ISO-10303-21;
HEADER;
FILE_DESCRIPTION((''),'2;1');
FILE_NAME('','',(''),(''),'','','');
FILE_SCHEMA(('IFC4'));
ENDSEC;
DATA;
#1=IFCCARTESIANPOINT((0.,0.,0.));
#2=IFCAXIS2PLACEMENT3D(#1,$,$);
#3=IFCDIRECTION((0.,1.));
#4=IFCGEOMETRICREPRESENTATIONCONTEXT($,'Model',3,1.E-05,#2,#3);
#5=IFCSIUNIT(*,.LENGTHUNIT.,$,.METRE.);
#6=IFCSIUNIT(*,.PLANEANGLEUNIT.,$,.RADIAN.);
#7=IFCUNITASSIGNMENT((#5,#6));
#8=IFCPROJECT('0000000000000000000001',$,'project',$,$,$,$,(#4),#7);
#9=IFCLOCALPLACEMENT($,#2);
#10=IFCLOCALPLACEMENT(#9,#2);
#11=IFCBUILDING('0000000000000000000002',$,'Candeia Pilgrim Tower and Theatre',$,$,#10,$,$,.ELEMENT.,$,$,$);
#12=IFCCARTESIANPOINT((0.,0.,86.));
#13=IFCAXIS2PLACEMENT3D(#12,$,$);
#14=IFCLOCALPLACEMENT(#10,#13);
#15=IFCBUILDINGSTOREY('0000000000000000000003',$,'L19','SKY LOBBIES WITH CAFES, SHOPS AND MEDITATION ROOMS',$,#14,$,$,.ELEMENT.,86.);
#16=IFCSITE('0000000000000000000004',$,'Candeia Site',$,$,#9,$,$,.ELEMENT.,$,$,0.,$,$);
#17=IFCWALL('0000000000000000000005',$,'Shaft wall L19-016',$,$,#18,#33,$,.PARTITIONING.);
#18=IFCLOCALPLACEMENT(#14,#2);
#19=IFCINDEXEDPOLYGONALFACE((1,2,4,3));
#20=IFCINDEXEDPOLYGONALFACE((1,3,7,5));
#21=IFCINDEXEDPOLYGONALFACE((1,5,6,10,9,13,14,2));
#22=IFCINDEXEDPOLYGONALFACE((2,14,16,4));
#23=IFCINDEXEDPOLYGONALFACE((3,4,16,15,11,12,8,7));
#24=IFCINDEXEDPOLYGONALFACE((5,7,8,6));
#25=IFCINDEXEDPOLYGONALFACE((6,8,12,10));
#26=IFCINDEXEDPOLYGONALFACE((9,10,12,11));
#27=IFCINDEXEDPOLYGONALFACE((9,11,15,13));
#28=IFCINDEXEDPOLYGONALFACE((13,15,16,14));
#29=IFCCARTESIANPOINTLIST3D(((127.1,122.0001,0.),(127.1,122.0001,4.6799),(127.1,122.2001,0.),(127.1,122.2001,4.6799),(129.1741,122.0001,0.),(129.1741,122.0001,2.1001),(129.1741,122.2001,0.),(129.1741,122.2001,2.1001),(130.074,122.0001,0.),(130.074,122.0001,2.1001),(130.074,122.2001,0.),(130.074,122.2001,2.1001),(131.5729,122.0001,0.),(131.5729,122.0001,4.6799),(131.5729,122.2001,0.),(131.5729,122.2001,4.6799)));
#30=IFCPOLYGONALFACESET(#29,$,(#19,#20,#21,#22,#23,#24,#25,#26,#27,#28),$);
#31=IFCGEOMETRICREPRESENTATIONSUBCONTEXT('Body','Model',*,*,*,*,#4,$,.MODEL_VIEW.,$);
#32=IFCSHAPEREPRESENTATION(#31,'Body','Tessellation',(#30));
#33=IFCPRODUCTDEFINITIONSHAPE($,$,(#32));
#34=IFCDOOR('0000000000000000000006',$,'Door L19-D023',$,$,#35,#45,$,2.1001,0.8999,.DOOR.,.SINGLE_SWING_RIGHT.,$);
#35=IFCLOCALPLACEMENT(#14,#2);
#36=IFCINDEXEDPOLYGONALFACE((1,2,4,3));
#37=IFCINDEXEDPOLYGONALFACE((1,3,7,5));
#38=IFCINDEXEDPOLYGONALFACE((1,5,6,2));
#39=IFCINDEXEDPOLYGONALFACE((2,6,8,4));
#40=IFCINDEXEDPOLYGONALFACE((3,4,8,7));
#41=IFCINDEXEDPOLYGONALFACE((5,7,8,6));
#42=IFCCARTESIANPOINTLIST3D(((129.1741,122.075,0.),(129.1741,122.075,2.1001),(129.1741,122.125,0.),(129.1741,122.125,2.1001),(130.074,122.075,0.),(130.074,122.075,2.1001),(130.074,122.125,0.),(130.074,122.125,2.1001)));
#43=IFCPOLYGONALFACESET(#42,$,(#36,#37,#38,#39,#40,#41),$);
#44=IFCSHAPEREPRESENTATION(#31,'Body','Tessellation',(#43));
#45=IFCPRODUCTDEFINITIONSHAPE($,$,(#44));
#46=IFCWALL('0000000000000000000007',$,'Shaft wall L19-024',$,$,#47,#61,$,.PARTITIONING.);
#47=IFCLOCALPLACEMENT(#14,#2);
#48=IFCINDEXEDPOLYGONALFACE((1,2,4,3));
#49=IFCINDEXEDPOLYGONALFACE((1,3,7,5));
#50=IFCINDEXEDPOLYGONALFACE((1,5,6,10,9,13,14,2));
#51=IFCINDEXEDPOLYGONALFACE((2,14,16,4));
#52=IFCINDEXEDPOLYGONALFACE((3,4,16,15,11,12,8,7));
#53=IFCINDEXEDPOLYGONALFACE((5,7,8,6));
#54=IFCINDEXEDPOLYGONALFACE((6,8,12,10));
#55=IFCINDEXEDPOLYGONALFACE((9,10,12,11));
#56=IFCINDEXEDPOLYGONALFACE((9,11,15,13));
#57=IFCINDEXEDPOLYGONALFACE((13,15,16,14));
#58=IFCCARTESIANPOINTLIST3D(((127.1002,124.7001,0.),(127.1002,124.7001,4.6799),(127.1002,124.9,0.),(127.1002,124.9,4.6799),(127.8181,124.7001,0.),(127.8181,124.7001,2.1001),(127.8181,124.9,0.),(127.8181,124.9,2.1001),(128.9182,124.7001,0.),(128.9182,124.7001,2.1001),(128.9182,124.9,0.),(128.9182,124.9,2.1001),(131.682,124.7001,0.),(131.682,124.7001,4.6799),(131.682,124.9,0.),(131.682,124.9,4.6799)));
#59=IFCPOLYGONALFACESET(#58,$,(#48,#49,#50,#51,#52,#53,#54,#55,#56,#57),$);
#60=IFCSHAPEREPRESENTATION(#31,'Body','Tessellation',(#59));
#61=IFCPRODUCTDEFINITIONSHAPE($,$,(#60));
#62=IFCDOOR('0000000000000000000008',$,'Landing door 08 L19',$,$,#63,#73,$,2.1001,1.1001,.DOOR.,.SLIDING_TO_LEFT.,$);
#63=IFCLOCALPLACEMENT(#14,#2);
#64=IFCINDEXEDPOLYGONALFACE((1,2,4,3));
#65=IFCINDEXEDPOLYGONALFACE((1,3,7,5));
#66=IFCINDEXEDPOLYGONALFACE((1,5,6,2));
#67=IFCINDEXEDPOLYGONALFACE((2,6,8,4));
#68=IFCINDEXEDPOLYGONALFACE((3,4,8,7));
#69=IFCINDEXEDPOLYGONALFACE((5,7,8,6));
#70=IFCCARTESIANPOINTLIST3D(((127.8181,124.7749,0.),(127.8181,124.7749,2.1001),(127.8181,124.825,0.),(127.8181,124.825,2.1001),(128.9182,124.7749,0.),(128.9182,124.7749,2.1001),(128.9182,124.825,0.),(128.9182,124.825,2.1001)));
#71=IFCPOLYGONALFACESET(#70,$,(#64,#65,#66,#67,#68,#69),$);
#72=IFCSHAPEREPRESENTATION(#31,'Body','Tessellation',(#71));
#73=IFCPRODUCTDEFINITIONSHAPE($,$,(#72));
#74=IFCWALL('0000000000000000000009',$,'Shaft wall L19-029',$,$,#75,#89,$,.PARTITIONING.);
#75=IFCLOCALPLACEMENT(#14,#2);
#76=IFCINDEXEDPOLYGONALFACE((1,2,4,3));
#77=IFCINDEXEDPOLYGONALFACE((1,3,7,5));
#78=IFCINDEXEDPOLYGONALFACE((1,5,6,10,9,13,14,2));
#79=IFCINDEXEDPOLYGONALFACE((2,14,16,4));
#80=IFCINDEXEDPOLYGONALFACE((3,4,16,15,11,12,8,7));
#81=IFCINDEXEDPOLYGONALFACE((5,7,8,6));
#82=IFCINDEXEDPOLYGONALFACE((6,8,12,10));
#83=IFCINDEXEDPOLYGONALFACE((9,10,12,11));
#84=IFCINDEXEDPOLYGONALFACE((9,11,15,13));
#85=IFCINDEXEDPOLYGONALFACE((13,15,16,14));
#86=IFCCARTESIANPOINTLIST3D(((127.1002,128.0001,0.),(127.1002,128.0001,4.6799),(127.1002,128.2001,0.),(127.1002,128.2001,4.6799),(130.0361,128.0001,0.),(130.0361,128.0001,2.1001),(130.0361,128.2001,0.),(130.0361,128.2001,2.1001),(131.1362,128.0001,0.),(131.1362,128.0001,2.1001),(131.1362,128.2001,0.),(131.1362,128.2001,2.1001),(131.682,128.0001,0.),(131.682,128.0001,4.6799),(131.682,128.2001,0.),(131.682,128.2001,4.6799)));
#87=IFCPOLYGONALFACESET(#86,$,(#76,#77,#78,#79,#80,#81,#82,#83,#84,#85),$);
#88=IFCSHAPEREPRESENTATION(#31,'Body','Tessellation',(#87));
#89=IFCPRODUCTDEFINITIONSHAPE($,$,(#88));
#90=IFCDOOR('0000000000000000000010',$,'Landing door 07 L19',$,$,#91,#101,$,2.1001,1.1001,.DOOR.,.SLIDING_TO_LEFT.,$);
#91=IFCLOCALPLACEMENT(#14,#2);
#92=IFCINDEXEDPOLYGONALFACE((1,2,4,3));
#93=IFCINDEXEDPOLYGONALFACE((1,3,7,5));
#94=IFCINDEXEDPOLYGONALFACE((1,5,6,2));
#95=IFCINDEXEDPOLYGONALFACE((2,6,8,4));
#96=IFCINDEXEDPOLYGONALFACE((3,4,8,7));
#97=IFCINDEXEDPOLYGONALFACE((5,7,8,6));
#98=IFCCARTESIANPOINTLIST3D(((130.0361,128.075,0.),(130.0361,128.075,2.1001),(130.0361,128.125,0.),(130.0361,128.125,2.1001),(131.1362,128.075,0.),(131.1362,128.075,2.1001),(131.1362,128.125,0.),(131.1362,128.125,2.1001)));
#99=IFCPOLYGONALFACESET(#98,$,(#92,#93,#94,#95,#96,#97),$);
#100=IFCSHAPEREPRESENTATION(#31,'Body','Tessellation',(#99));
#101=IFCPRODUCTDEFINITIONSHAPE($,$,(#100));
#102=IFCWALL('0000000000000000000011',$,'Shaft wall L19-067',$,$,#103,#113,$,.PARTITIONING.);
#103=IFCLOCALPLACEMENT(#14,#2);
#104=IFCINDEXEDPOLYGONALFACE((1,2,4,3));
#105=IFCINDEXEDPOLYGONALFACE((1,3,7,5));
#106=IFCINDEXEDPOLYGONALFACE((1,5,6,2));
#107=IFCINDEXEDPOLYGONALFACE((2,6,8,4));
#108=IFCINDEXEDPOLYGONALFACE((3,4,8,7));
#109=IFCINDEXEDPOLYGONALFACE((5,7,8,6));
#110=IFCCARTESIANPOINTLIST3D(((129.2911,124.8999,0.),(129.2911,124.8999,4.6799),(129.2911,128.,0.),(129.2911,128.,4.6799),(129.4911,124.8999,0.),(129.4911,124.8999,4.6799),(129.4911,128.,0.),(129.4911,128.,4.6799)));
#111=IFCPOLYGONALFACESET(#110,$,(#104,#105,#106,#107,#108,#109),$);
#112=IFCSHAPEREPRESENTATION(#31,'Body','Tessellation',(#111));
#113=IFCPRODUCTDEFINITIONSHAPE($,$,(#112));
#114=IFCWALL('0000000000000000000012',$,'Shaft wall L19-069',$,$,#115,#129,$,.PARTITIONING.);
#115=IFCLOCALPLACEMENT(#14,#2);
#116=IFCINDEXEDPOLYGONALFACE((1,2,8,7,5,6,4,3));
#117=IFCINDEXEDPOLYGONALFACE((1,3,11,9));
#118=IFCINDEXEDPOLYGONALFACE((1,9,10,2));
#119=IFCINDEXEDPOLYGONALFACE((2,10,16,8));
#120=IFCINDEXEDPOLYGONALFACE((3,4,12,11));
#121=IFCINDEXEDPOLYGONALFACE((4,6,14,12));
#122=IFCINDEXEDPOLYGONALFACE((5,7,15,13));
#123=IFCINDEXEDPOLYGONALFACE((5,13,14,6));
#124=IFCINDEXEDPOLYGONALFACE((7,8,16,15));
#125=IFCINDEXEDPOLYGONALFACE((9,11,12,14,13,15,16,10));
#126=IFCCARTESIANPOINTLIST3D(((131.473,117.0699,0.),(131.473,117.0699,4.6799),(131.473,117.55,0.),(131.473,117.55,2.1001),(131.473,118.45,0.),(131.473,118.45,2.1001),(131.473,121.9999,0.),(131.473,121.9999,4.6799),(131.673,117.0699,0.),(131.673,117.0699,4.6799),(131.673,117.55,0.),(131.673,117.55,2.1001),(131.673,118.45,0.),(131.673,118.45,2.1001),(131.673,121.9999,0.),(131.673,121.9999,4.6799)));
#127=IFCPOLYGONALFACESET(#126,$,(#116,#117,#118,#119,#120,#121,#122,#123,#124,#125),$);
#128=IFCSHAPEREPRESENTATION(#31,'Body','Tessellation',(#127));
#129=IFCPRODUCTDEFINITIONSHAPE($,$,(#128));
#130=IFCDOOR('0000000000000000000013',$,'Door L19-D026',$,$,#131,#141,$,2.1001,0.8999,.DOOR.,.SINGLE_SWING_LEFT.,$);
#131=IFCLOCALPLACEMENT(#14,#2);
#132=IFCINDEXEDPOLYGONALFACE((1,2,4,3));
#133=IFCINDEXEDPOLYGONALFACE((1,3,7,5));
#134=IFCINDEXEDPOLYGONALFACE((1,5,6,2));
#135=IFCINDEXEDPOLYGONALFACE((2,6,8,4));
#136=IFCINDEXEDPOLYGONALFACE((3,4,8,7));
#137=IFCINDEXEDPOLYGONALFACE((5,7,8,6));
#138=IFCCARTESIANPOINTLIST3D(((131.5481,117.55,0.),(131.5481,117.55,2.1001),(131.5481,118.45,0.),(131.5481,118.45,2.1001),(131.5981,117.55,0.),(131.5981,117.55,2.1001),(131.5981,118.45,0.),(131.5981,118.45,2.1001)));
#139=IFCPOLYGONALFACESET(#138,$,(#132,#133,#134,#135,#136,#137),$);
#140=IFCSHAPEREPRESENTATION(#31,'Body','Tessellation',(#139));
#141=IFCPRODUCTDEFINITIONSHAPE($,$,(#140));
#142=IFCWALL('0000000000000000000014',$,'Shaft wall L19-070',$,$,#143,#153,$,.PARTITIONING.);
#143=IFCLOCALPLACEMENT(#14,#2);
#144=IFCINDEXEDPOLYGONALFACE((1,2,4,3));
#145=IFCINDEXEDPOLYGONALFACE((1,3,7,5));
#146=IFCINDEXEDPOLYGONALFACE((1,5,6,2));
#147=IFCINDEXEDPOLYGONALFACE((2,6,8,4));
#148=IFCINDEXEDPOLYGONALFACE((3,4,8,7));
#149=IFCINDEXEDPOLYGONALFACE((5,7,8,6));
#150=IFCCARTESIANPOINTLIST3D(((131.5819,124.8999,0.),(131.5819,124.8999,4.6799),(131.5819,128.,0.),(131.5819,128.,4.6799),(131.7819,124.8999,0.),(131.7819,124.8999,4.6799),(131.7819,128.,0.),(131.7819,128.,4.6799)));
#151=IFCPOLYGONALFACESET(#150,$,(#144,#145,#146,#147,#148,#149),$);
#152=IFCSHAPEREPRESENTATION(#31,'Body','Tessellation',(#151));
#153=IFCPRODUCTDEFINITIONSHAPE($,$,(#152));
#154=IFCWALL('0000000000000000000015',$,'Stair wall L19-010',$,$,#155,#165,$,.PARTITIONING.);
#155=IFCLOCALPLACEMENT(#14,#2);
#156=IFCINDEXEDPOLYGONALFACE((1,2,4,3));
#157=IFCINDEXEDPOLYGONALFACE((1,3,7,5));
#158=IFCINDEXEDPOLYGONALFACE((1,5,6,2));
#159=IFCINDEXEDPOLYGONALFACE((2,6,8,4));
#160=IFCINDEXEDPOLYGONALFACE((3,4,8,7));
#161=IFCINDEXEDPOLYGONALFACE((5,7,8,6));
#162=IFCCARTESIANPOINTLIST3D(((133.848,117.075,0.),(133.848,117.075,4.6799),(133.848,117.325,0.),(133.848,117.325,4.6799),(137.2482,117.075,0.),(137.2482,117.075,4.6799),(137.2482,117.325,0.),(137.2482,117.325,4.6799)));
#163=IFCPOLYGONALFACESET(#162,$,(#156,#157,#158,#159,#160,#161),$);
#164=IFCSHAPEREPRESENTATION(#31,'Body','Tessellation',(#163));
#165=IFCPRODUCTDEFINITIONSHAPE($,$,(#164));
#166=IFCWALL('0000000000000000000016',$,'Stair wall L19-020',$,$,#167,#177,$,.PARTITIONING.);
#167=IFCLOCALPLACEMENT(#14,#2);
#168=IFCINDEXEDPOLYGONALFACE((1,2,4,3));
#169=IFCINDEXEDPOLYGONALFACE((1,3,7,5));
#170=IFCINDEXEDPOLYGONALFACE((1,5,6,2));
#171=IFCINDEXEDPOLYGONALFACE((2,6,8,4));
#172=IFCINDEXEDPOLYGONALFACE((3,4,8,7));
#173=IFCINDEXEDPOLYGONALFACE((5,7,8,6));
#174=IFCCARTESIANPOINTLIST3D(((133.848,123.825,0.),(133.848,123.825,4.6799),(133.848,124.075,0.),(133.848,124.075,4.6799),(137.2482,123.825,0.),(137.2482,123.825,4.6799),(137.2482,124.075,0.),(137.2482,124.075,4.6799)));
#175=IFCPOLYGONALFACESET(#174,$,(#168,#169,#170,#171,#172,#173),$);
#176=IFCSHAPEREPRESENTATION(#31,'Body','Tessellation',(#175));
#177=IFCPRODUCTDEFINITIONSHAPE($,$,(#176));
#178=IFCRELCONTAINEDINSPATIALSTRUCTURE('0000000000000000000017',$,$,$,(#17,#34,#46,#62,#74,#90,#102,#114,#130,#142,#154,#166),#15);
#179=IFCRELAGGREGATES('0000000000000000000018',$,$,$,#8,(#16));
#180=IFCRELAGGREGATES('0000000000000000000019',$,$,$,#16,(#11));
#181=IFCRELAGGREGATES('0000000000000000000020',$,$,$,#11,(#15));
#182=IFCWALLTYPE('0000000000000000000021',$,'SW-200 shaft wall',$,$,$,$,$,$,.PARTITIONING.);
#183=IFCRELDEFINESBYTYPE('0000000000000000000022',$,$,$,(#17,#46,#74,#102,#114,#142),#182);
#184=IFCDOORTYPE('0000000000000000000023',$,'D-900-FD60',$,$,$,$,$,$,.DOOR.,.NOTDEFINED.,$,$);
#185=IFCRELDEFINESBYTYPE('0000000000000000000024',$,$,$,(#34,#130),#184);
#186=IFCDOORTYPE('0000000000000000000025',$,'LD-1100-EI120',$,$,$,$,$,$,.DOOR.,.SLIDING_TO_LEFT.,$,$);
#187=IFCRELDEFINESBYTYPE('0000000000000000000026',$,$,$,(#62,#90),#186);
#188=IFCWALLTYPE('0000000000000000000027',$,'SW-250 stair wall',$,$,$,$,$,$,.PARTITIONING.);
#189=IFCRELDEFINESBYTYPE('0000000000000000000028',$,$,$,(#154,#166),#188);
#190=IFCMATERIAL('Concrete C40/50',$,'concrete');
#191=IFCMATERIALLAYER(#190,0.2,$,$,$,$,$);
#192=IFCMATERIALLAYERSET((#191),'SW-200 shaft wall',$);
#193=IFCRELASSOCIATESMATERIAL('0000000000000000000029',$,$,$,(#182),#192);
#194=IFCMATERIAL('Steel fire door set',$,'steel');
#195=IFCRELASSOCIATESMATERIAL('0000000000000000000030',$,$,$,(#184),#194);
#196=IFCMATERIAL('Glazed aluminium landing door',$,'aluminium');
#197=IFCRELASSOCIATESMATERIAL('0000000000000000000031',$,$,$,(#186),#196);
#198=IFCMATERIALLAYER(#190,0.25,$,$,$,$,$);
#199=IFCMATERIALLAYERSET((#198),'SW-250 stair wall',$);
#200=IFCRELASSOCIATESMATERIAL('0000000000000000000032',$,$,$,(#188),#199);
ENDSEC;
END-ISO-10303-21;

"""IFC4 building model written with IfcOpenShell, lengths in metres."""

from ifc_helpers import new_model, si_unit, direction, frame, frame_2d, origin, place, context, subcontext, project, spatial, rectangle, extrude, material, layer, layer_set, type_object, element, fill, save


model = new_model("IFC4")

# Units and contexts
model_context = context("Model", 3, precision=1e-05, world=origin(), true_north=direction((0.0, 1.0)))
body_context = subcontext(model_context, "Body", "Model", "MODEL_VIEW")
ifc_project = project(units=[si_unit("LENGTHUNIT", "METRE"), si_unit("PLANEANGLEUNIT", "RADIAN")], contexts=[model_context])

# Site, building, storey
site_placement = place(None, origin())
site = spatial("IfcSite", under=ifc_project, at=site_placement, Name="Candeia Site", CompositionType="ELEMENT", RefElevation=0.0)
building_placement = place(site_placement, origin())
building = spatial("IfcBuilding", under=site, at=building_placement, Name="Candeia Pilgrim Tower and Theatre", CompositionType="ELEMENT")
storey_placement = place(building_placement, frame((0.0, 0.0, 86.0)))
storey = spatial("IfcBuildingStorey", under=building, at=storey_placement, Name="L19", Description="SKY LOBBIES WITH CAFES, SHOPS AND MEDITATION ROOMS", CompositionType="ELEMENT", Elevation=86.0)

# Shared definitions
ifc_material_1 = material(Name="Steel fire door set", Category="steel")

# Shared definitions
ifc_material_2 = material(Name="Concrete C40/50", Category="concrete")
ifc_layer_1 = layer(ifc_material_2, 0.2)
ifc_layer_set_1 = layer_set([ifc_layer_1], Name="SW-200 shaft wall")
wall_type_1 = type_object("IfcWallType", Name="SW-200 shaft wall", PredefinedType="PARTITIONING", material=ifc_layer_set_1)

# Walls, openings, doors
wall_1_placement = place(storey_placement, frame((127.1001, 122.1001, 0.0), z_axis=(0.0, 0.0, 1.0), x_axis=(1.0, 0.0, 0.0)))
wall_1 = element("IfcWall", 1, at=wall_1_placement, inside=storey, type_object=wall_type_1, Name="Shaft wall L19-016", PredefinedType="PARTITIONING", context=body_context, shape_type="SweptSolid", body=[
    extrude(rectangle(XDim=4.4729, YDim=0.2, at=frame_2d((2.2363, 0.0))), origin(), (0.0, 0.0, 1.0), 4.6799),
])
opening_1_placement = place(wall_1_placement, frame((2.074, 0.0, 0.0)))
opening_1 = element("IfcOpeningElement", 2, at=opening_1_placement, cuts=wall_1, PredefinedType="OPENING", context=body_context, shape_type="SweptSolid", body=[
    extrude(rectangle(XDim=0.8999, YDim=2.1001, at=frame_2d((0.45, 1.05))), frame((0.0, 0.1099, 0.0), z_axis=(0.0, -1.0, 0.0), x_axis=(1.0, 0.0, 0.0)), (0.0, 0.0, 1.0), 0.22),
])
door_type_1 = type_object("IfcDoorType", Name="D-900-FD60", OperationType="NOTDEFINED", PredefinedType="DOOR", material=ifc_material_1)
door_1_placement = place(opening_1_placement, origin())
door_1 = element("IfcDoor", 3, at=door_1_placement, inside=storey, type_object=door_type_1, Name="Door L19-D023", OperationType="SINGLE_SWING_RIGHT", OverallHeight=2.1001, OverallWidth=0.8999, PredefinedType="DOOR", context=body_context, shape_type="SweptSolid", body=[
    extrude(rectangle(XDim=0.8999, YDim=2.1001, at=frame_2d((0.45, 1.05))), frame((0.0, 0.0249, 0.0), z_axis=(0.0, -1.0, 0.0), x_axis=(1.0, 0.0, 0.0)), (0.0, 0.0, 1.0), 0.05),
])
fill(opening_1, door_1)
wall_2_placement = place(storey_placement, frame((127.1001, 124.8, 0.0), z_axis=(0.0, 0.0, 1.0), x_axis=(1.0, 0.0, 0.0)))
wall_2 = element("IfcWall", 4, at=wall_2_placement, inside=storey, type_object=wall_type_1, Name="Shaft wall L19-024", PredefinedType="PARTITIONING", context=body_context, shape_type="SweptSolid", body=[
    extrude(rectangle(XDim=4.5818, YDim=0.2, at=frame_2d((2.291, 0.0))), origin(), (0.0, 0.0, 1.0), 4.6799),
])
opening_2_placement = place(wall_2_placement, frame((0.718, 0.0, 0.0)))
opening_2 = element("IfcOpeningElement", 5, at=opening_2_placement, cuts=wall_2, PredefinedType="OPENING", context=body_context, shape_type="SweptSolid", body=[
    extrude(rectangle(XDim=1.1001, YDim=2.1001, at=frame_2d((0.55, 1.05))), frame((0.0, 0.1099, 0.0), z_axis=(0.0, -1.0, 0.0), x_axis=(1.0, 0.0, 0.0)), (0.0, 0.0, 1.0), 0.22),
])
ifc_material_3 = material(Name="Glazed aluminium landing door", Category="aluminium")
door_type_2 = type_object("IfcDoorType", Name="LD-1100-EI120", OperationType="SLIDING_TO_LEFT", PredefinedType="DOOR", material=ifc_material_3)
door_2_placement = place(opening_2_placement, origin())
door_2 = element("IfcDoor", 6, at=door_2_placement, inside=storey, type_object=door_type_2, Name="Landing door 08 L19", OperationType="SLIDING_TO_LEFT", OverallHeight=2.1001, OverallWidth=1.1001, PredefinedType="DOOR", context=body_context, shape_type="SweptSolid", body=[
    extrude(rectangle(XDim=1.1001, YDim=2.1001, at=frame_2d((0.55, 1.05))), frame((0.0, 0.0249, 0.0), z_axis=(0.0, -1.0, 0.0), x_axis=(1.0, 0.0, 0.0)), (0.0, 0.0, 1.0), 0.05),
])
fill(opening_2, door_2)
wall_3_placement = place(storey_placement, frame((127.1001, 128.1001, 0.0), z_axis=(0.0, 0.0, 1.0), x_axis=(1.0, 0.0, 0.0)))
wall_3 = element("IfcWall", 7, at=wall_3_placement, inside=storey, type_object=wall_type_1, Name="Shaft wall L19-029", PredefinedType="PARTITIONING", context=body_context, shape_type="SweptSolid", body=[
    extrude(rectangle(XDim=4.5818, YDim=0.2, at=frame_2d((2.291, 0.0))), origin(), (0.0, 0.0, 1.0), 4.6799),
])
opening_3_placement = place(wall_3_placement, frame((2.936, 0.0, 0.0)))
opening_3 = element("IfcOpeningElement", 8, at=opening_3_placement, cuts=wall_3, PredefinedType="OPENING", context=body_context, shape_type="SweptSolid", body=[
    extrude(rectangle(XDim=1.1001, YDim=2.1001, at=frame_2d((0.55, 1.05))), frame((0.0, 0.1099, 0.0), z_axis=(0.0, -1.0, 0.0), x_axis=(1.0, 0.0, 0.0)), (0.0, 0.0, 1.0), 0.22),
])
door_3_placement = place(opening_3_placement, origin())
door_3 = element("IfcDoor", 9, at=door_3_placement, inside=storey, type_object=door_type_2, Name="Landing door 07 L19", OperationType="SLIDING_TO_LEFT", OverallHeight=2.1001, OverallWidth=1.1001, PredefinedType="DOOR", context=body_context, shape_type="SweptSolid", body=[
    extrude(rectangle(XDim=1.1001, YDim=2.1001, at=frame_2d((0.55, 1.05))), frame((0.0, 0.0249, 0.0), z_axis=(0.0, -1.0, 0.0), x_axis=(1.0, 0.0, 0.0)), (0.0, 0.0, 1.0), 0.05),
])
fill(opening_3, door_3)

# Wall
wall_4_placement = place(storey_placement, frame((129.3911, 124.8999, 0.0), z_axis=(0.0, 0.0, 1.0), x_axis=(0.0, 1.0, 0.0)))
element("IfcWall", 10, at=wall_4_placement, inside=storey, type_object=wall_type_1, Name="Shaft wall L19-067", PredefinedType="PARTITIONING", context=body_context, shape_type="SweptSolid", body=[
    extrude(rectangle(XDim=3.1001, YDim=0.2, at=frame_2d((1.55, 0.0))), origin(), (0.0, 0.0, 1.0), 4.6799),
])

# Wall, opening, door
wall_5_placement = place(storey_placement, frame((131.573, 117.0701, 0.0), z_axis=(0.0, 0.0, 1.0), x_axis=(0.0, 1.0, 0.0)))
wall_5 = element("IfcWall", 11, at=wall_5_placement, inside=storey, type_object=wall_type_1, Name="Shaft wall L19-069", PredefinedType="PARTITIONING", context=body_context, shape_type="SweptSolid", body=[
    extrude(rectangle(XDim=4.9299, YDim=0.2, at=frame_2d((2.4648, 0.0))), origin(), (0.0, 0.0, 1.0), 4.6799),
])
opening_4_placement = place(wall_5_placement, frame((0.48, 0.0, 0.0)))
opening_4 = element("IfcOpeningElement", 12, at=opening_4_placement, cuts=wall_5, PredefinedType="OPENING", context=body_context, shape_type="SweptSolid", body=[
    extrude(rectangle(XDim=0.8999, YDim=2.1001, at=frame_2d((0.45, 1.05))), frame((0.0, 0.1099, 0.0), z_axis=(0.0, -1.0, 0.0), x_axis=(1.0, 0.0, 0.0)), (0.0, 0.0, 1.0), 0.22),
])
door_4_placement = place(opening_4_placement, origin())
door_4 = element("IfcDoor", 13, at=door_4_placement, inside=storey, type_object=door_type_1, Name="Door L19-D026", OperationType="SINGLE_SWING_LEFT", OverallHeight=2.1001, OverallWidth=0.8999, PredefinedType="DOOR", context=body_context, shape_type="SweptSolid", body=[
    extrude(rectangle(XDim=0.8999, YDim=2.1001, at=frame_2d((0.45, 1.05))), frame((0.0, 0.0249, 0.0), z_axis=(0.0, -1.0, 0.0), x_axis=(1.0, 0.0, 0.0)), (0.0, 0.0, 1.0), 0.05),
])
fill(opening_4, door_4)

# Walls
wall_6_placement = place(storey_placement, frame((131.6819, 124.8999, 0.0), z_axis=(0.0, 0.0, 1.0), x_axis=(0.0, 1.0, 0.0)))
element("IfcWall", 14, at=wall_6_placement, inside=storey, type_object=wall_type_1, Name="Shaft wall L19-070", PredefinedType="PARTITIONING", context=body_context, shape_type="SweptSolid", body=[
    extrude(rectangle(XDim=3.1001, YDim=0.2, at=frame_2d((1.55, 0.0))), origin(), (0.0, 0.0, 1.0), 4.6799),
])
ifc_layer_2 = layer(ifc_material_2, 0.25)
ifc_layer_set_2 = layer_set([ifc_layer_2], Name="SW-250 stair wall")
wall_type_2 = type_object("IfcWallType", Name="SW-250 stair wall", PredefinedType="PARTITIONING", material=ifc_layer_set_2)
for number, where, z_axis, x_axis, name in (
    (15, (133.8479, 117.2, 0.0), (0.0, 0.0, 1.0), (1.0, 0.0, 0.0), "Stair wall L19-010"),
    (16, (133.8479, 123.95, 0.0), (0.0, 0.0, 1.0), (1.0, 0.0, 0.0), "Stair wall L19-020"),
):
    element("IfcWall", number, at=place(storey_placement, frame(where, z_axis=z_axis, x_axis=x_axis)), inside=storey, type_object=wall_type_2, Name=name, PredefinedType="PARTITIONING", context=body_context, shape_type="SweptSolid", body=[
        extrude(rectangle(XDim=3.4001, YDim=0.25, at=frame_2d((1.7002, 0.0))), origin(), (0.0, 0.0, 1.0), 4.6799),
    ])

save(model, "model.ifc")
